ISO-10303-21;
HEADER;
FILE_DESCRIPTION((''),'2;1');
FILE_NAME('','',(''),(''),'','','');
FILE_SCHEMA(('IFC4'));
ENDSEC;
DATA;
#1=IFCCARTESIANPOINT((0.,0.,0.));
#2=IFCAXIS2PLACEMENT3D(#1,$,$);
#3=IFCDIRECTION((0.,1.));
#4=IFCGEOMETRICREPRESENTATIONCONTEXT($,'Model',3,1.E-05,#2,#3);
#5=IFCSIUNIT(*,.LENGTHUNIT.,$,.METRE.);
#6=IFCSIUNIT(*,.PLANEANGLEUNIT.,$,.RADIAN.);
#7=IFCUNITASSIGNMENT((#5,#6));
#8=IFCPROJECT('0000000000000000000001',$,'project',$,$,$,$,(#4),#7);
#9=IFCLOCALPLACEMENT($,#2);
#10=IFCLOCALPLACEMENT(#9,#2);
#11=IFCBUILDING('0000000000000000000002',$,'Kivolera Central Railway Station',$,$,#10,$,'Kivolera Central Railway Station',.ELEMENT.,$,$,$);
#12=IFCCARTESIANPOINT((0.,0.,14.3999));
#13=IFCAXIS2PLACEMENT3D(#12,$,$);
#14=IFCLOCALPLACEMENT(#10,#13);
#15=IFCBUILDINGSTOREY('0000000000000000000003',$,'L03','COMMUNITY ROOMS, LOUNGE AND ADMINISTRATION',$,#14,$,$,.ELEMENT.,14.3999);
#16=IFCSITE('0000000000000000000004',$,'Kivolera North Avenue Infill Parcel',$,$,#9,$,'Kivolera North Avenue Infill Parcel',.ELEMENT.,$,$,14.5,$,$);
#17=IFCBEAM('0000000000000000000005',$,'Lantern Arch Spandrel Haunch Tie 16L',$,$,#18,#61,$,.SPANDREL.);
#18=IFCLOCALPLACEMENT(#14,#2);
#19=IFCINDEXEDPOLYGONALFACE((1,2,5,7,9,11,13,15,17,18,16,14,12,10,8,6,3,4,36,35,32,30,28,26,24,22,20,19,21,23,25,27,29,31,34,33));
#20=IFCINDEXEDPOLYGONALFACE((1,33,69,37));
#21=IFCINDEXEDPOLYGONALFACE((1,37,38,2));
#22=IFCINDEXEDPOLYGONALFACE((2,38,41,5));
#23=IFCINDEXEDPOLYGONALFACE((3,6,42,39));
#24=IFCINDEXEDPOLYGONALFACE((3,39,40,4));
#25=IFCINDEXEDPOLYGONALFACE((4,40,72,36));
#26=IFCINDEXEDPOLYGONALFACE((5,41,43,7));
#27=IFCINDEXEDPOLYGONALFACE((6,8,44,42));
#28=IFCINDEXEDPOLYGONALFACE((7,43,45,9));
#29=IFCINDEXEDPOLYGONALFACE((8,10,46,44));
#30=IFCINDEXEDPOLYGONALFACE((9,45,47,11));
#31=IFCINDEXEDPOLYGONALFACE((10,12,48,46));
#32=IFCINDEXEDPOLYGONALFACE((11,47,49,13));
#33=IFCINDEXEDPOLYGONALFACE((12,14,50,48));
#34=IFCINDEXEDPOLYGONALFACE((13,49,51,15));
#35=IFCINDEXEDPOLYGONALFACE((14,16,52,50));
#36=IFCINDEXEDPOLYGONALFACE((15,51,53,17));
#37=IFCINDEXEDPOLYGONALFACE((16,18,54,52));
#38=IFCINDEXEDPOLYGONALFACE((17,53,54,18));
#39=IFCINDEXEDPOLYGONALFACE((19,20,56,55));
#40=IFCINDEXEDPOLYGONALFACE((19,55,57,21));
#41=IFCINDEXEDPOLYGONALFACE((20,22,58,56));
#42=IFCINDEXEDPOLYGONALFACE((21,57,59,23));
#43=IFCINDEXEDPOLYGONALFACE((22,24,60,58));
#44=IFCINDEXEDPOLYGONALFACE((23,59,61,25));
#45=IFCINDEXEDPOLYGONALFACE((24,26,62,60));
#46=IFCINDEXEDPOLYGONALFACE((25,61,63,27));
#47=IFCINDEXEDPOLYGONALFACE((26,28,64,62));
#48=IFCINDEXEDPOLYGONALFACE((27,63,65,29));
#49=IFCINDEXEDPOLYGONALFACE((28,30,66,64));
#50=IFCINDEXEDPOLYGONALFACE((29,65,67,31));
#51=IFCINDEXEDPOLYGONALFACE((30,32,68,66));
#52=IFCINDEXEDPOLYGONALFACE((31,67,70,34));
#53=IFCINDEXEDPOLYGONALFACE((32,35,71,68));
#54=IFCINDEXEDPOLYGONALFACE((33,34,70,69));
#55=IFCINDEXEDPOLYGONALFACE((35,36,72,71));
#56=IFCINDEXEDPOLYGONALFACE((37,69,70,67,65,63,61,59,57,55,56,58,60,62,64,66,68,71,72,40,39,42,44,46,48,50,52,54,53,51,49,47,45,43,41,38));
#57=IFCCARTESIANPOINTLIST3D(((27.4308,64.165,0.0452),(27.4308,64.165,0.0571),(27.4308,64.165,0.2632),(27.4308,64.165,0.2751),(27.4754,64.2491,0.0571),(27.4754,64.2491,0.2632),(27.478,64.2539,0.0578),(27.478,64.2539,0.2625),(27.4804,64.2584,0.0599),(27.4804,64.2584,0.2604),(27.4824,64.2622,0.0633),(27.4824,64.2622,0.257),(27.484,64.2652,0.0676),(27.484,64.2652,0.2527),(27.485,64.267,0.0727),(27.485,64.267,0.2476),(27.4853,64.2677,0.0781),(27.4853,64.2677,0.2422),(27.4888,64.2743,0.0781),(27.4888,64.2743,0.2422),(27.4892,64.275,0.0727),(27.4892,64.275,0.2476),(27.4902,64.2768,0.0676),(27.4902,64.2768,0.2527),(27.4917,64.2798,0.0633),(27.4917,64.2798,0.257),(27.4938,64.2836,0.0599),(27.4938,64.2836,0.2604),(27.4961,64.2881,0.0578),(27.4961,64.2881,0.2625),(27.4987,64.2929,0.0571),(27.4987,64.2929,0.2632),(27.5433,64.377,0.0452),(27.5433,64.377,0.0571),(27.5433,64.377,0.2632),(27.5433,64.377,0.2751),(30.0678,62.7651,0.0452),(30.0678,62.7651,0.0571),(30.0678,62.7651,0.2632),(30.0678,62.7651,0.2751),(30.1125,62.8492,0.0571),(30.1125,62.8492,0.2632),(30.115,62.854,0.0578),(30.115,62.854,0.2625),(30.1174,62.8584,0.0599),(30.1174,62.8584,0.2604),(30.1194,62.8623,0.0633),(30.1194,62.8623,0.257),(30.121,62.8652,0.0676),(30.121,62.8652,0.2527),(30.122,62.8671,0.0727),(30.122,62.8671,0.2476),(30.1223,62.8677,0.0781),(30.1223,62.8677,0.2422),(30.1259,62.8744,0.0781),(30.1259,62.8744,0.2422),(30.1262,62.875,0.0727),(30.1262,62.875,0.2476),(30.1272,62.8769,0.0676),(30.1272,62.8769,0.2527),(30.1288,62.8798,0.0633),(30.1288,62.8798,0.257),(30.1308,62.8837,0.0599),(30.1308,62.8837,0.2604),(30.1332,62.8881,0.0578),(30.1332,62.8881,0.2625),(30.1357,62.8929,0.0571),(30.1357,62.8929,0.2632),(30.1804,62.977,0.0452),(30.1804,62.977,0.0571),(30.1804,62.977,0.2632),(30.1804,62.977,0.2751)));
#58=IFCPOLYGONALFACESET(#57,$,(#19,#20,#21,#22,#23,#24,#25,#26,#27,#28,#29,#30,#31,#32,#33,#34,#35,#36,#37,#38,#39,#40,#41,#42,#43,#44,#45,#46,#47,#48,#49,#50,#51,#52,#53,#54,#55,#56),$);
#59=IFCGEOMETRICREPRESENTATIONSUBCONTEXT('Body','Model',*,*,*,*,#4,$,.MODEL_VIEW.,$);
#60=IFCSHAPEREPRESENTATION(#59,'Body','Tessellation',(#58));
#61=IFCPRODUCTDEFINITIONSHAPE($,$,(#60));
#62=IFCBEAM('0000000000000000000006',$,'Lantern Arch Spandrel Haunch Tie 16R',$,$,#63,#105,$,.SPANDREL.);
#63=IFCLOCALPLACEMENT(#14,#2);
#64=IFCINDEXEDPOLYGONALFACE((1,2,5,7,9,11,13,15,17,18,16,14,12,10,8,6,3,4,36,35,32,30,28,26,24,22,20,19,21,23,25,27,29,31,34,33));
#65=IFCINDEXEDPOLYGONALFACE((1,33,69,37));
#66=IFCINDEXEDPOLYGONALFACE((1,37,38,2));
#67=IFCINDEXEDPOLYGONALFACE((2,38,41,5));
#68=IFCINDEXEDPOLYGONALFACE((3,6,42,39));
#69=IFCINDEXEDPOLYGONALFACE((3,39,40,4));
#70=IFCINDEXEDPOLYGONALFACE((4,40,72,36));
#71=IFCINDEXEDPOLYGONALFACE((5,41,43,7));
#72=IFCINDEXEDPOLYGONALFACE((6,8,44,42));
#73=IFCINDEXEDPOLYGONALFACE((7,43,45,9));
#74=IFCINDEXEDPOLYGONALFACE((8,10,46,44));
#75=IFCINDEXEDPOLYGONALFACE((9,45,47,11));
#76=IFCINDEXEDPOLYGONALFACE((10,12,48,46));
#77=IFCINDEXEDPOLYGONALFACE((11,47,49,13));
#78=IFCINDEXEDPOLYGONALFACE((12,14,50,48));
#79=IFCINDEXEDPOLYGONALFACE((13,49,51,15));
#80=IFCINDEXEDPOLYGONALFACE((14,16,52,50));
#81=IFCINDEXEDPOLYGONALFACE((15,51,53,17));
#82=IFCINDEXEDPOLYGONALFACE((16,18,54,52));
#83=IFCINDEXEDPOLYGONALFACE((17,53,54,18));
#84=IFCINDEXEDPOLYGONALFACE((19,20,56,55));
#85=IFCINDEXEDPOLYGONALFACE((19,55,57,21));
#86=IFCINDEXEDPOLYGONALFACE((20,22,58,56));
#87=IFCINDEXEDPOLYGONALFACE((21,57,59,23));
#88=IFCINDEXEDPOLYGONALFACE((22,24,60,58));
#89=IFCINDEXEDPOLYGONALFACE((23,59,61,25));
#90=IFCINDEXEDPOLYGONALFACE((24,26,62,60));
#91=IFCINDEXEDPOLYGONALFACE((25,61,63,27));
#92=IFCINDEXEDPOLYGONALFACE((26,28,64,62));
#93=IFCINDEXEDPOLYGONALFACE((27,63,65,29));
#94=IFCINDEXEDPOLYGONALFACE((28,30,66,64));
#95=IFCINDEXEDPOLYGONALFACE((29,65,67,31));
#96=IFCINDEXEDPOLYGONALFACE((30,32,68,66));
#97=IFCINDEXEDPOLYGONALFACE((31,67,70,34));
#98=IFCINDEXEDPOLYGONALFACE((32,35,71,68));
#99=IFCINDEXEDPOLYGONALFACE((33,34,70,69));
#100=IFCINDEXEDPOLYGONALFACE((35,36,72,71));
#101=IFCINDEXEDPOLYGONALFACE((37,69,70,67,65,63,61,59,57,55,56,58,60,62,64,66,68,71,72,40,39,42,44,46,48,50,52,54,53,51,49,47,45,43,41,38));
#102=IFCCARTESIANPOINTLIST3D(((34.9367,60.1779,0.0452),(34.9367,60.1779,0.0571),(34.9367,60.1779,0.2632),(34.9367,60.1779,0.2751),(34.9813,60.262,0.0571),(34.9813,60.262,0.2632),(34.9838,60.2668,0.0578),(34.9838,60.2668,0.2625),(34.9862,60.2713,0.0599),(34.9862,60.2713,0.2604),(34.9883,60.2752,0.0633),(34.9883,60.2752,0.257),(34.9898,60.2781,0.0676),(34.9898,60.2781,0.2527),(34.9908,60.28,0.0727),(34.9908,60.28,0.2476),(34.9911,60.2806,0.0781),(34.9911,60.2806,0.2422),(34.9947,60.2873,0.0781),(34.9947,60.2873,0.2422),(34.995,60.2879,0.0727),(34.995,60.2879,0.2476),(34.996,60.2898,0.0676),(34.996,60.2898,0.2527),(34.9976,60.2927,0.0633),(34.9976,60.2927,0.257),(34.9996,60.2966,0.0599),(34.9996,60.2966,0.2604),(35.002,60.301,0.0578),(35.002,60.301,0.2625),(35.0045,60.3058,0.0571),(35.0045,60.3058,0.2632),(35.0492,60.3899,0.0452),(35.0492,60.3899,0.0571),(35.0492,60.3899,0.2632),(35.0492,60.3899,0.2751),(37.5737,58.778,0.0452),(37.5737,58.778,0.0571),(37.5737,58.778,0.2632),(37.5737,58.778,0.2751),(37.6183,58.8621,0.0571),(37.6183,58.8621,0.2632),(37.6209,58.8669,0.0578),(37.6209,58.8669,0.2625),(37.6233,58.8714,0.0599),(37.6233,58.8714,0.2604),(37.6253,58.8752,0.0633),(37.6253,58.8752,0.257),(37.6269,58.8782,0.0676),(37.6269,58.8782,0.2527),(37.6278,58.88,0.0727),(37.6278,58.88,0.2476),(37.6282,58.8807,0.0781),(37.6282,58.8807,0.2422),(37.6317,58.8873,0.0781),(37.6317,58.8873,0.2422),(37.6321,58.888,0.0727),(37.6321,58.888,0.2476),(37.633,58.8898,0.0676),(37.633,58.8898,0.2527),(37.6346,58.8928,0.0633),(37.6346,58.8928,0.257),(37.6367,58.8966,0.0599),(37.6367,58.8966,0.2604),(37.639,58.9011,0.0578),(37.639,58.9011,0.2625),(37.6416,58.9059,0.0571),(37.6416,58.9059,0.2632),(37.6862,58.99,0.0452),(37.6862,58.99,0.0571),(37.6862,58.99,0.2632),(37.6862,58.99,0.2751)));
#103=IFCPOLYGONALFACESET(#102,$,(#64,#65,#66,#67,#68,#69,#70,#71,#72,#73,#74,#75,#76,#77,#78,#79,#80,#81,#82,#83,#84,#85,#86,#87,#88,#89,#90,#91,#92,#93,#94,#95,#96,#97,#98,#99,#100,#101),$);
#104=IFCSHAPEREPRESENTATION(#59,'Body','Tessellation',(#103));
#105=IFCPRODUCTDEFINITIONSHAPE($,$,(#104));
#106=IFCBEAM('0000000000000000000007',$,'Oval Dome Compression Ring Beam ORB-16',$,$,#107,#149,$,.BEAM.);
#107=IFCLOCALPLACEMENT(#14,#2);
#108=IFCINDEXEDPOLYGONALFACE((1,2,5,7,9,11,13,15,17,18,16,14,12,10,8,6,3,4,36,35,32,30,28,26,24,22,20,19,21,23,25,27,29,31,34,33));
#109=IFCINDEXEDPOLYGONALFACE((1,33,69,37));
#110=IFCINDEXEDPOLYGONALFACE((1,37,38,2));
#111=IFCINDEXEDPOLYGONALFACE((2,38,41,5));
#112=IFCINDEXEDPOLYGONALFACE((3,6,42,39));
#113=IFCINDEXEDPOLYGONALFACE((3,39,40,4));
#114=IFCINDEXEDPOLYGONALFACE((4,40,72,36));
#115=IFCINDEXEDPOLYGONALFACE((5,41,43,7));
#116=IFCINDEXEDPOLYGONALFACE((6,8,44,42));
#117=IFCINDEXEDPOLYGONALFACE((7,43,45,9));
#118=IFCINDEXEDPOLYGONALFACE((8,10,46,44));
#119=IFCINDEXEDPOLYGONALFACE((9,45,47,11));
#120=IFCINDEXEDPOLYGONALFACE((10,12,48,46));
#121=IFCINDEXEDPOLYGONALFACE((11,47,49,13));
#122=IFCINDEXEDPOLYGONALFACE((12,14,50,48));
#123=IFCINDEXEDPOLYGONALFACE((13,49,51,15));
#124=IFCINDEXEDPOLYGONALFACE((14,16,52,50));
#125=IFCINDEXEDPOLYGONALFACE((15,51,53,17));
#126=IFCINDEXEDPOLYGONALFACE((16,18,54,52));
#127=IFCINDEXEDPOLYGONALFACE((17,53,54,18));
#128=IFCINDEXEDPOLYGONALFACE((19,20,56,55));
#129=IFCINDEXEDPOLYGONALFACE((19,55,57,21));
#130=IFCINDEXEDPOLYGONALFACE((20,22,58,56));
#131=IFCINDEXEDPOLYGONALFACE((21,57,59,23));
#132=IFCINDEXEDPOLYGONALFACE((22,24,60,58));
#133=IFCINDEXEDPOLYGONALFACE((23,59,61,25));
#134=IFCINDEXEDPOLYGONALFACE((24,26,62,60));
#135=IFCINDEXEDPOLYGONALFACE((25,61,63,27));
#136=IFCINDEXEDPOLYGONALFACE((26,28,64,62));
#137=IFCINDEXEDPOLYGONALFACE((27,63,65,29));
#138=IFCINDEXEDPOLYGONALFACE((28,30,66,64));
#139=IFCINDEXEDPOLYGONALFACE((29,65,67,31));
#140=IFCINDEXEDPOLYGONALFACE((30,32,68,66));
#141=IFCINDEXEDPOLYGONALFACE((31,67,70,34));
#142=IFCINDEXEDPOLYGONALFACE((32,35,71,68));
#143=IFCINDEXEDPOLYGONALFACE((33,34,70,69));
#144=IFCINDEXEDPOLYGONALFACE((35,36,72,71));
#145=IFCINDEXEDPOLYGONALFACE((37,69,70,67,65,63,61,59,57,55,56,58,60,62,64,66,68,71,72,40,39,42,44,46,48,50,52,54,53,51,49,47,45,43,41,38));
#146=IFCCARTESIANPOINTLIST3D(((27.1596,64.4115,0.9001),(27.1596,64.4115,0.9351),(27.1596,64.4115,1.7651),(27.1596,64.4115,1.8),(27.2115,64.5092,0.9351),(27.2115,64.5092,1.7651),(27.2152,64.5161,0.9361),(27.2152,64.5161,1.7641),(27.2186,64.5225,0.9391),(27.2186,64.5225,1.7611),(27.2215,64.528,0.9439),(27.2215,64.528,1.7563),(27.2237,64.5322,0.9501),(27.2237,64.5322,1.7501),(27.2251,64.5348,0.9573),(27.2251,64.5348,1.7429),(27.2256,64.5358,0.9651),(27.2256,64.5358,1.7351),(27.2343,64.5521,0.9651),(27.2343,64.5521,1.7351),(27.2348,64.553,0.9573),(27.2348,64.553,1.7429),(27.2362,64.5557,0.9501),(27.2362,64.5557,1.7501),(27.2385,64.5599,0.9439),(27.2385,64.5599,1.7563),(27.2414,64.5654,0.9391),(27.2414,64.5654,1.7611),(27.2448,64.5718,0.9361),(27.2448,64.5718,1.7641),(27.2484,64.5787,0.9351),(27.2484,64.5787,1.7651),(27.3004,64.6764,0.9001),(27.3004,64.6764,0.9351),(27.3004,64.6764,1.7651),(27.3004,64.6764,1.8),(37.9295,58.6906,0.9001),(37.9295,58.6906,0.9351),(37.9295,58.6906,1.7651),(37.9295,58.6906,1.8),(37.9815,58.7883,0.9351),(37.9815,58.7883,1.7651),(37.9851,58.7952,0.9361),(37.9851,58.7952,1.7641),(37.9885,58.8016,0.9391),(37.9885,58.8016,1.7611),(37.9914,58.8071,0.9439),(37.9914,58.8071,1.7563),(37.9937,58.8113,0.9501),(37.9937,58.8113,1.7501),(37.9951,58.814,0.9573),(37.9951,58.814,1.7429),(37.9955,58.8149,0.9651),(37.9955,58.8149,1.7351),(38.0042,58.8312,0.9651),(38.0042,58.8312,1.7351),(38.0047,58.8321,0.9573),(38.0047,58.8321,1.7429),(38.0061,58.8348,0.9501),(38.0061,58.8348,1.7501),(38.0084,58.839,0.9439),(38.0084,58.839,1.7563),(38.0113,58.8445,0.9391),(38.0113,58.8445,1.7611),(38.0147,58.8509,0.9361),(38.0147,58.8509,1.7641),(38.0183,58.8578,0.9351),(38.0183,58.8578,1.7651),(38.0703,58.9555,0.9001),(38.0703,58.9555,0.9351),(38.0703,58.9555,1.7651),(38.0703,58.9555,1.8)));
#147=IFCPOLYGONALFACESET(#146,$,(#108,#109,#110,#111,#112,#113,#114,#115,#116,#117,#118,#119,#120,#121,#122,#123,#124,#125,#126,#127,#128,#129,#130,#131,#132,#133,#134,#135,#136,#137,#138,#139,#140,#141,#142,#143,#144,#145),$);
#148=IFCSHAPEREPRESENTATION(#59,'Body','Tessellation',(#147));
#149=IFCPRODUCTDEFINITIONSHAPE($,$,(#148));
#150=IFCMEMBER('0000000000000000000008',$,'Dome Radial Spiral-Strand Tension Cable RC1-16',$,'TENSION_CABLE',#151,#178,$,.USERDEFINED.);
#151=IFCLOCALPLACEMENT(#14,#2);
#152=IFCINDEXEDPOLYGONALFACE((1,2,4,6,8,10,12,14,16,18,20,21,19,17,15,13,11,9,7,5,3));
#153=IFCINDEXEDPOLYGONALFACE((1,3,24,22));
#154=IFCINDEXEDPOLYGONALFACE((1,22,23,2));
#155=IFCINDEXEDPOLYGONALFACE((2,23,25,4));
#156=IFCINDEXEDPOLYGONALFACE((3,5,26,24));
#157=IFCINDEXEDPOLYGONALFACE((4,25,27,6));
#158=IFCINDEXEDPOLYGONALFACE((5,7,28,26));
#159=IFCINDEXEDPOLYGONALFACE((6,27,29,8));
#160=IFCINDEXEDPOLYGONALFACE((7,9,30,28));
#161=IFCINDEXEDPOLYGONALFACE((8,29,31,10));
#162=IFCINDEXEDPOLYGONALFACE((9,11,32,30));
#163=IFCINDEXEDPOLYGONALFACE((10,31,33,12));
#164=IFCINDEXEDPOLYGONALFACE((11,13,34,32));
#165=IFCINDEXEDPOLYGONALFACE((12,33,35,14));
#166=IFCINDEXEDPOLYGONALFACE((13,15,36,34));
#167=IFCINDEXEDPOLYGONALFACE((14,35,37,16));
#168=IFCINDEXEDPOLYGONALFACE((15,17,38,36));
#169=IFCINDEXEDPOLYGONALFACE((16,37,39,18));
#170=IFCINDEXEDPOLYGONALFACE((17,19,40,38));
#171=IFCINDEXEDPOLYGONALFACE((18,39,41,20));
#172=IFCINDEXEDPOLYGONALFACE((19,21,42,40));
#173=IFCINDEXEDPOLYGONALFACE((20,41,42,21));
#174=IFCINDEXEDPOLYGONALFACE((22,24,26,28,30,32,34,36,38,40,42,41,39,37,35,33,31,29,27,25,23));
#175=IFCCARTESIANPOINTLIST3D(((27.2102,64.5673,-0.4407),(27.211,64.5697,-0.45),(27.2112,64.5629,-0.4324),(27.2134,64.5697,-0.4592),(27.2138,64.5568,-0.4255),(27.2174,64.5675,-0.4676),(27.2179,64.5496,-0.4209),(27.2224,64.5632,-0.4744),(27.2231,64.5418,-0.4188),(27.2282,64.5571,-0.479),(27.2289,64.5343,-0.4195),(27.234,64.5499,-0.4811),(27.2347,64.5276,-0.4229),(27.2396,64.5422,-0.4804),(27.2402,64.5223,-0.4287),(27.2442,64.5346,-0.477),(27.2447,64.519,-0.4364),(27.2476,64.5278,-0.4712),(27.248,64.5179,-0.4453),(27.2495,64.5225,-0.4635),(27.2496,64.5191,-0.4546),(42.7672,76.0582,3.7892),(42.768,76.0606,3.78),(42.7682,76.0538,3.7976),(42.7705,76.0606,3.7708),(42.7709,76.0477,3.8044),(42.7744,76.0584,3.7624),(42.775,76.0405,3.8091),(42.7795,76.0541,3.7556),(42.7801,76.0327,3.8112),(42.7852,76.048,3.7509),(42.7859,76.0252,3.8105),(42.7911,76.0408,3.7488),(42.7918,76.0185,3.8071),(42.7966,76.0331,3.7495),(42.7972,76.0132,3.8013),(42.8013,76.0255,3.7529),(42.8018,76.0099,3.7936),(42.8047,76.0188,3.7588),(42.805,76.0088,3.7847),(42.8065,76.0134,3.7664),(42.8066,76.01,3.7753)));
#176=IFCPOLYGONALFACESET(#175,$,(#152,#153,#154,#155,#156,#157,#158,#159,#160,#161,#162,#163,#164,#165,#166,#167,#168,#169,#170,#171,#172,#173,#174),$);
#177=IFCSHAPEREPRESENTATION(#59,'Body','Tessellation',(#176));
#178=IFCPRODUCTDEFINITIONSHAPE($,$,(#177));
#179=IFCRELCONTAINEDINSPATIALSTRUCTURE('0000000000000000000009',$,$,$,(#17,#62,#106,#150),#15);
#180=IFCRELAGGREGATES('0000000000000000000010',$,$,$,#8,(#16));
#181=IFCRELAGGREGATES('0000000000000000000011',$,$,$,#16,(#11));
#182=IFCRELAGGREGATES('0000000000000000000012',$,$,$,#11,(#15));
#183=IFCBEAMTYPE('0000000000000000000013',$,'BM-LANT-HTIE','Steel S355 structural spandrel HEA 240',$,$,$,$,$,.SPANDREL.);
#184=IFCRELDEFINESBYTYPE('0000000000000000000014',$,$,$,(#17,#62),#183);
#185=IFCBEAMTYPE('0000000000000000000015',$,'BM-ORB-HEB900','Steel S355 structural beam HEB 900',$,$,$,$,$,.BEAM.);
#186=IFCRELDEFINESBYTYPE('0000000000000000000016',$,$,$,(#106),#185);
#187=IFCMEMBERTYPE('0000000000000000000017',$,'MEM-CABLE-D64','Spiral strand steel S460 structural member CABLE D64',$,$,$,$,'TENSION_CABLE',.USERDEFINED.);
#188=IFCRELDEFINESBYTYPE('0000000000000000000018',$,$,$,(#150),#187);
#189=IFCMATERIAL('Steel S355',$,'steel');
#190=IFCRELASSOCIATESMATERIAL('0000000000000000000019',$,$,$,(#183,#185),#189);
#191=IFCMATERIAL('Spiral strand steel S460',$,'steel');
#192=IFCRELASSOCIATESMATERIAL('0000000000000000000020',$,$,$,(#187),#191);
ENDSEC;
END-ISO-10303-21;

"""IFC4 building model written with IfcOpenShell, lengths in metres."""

from ifc_helpers import new_model, si_unit, direction, frame, origin, origin_2d, place, context, subcontext, project, spatial, circle, i_section, extrude, material, material_profile, profile_set, type_object, element, save


model = new_model("IFC4")

# Units and contexts
model_context = context("Model", 3, precision=1e-05, world=origin(), true_north=direction((0.0, 1.0)))
body_context = subcontext(model_context, "Body", "Model", "MODEL_VIEW")
ifc_project = project(units=[si_unit("LENGTHUNIT", "METRE"), si_unit("PLANEANGLEUNIT", "RADIAN")], contexts=[model_context])

# Site, building, storey
site_placement = place(None, origin())
site = spatial("IfcSite", under=ifc_project, at=site_placement, Name="Kivolera North Avenue Infill Parcel", LongName="Kivolera North Avenue Infill Parcel", CompositionType="ELEMENT", RefElevation=14.5)
building_placement = place(site_placement, origin())
building = spatial("IfcBuilding", under=site, at=building_placement, Name="Kivolera Central Railway Station", LongName="Kivolera Central Railway Station", CompositionType="ELEMENT")
storey_placement = place(building_placement, frame((0.0, 0.0, 14.3999)))
storey = spatial("IfcBuildingStorey", under=building, at=storey_placement, Name="L03", Description="COMMUNITY ROOMS, LOUNGE AND ADMINISTRATION", CompositionType="ELEMENT", Elevation=14.3999)

# Beams
ifc_material_1 = material(Name="Steel S355", Category="steel")
ifc_material_profile_1 = material_profile(ifc_material_1, i_section(OverallWidth=0.24, OverallDepth=0.23, WebThickness=0.0076, FlangeThickness=0.012, FilletRadius=0.021, at=origin_2d()), Name="HEA 240")
ifc_profile_set_1 = profile_set([ifc_material_profile_1], Name="Steel S355")
beam_type_1 = type_object("IfcBeamType", Name="BM-LANT-HTIE", Description="Steel S355 structural spandrel HEA 240", PredefinedType="SPANDREL", material=ifc_profile_set_1)
for number, where, z_axis, x_axis, name in (
    (1, (27.4871, 64.271, 0.1602), (0.883252, -0.468898, 0.0), (0.468898, 0.883252, 0.0), "Lantern Arch Spandrel Haunch Tie 16L"),
    (2, (34.9929, 60.2839, 0.1602), (0.883252, -0.468898, 0.0), (0.468898, 0.883252, 0.0), "Lantern Arch Spandrel Haunch Tie 16R"),
):
    element("IfcBeam", number, at=place(storey_placement, frame(where, z_axis=z_axis, x_axis=x_axis)), inside=storey, type_object=beam_type_1, Name=name, PredefinedType="SPANDREL", context=body_context, shape_type="SweptSolid", body=[
        extrude(i_section(OverallWidth=0.24, OverallDepth=0.23, WebThickness=0.0076, FlangeThickness=0.012, FilletRadius=0.021, at=origin_2d()), origin(), (0.0, 0.0, 1.0), 2.9856),
    ])
ifc_material_profile_2 = material_profile(ifc_material_1, i_section(OverallWidth=0.3, OverallDepth=0.8999, WebThickness=0.0186, FlangeThickness=0.0349, FilletRadius=0.03, at=origin_2d()), Name="HEB 900")
ifc_profile_set_2 = profile_set([ifc_material_profile_2], Name="Steel S355")
beam_type_2 = type_object("IfcBeamType", Name="BM-ORB-HEB900", Description="Steel S355 structural beam HEB 900", PredefinedType="BEAM", material=ifc_profile_set_2)
beam_1_placement = place(storey_placement, frame((27.23, 64.5439, 1.3501), z_axis=(0.883137, -0.469115, 0.0), x_axis=(0.469115, 0.883137, 0.0)))
element("IfcBeam", 3, at=beam_1_placement, inside=storey, type_object=beam_type_2, Name="Oval Dome Compression Ring Beam ORB-16", PredefinedType="BEAM", context=body_context, shape_type="SweptSolid", body=[
    extrude(i_section(OverallWidth=0.3, OverallDepth=0.8999, WebThickness=0.0186, FlangeThickness=0.0349, FilletRadius=0.03, at=origin_2d()), origin(), (0.0, 0.0, 1.0), 12.1951),
])

# Member
ifc_material_2 = material(Name="Spiral strand steel S460", Category="steel")
ifc_material_profile_3 = material_profile(ifc_material_2, circle(Radius=0.032, at=origin_2d()), Name="CABLE D64")
ifc_profile_set_3 = profile_set([ifc_material_profile_3], Name="Spiral strand steel S460")
member_type_1 = type_object("IfcMemberType", Name="MEM-CABLE-D64", Description="Spiral strand steel S460 structural member CABLE D64", ElementType="TENSION_CABLE", PredefinedType="USERDEFINED", material=ifc_profile_set_3)
member_1_placement = place(storey_placement, frame((27.23, 64.5439, -0.45), z_axis=(0.785794, 0.580412, 0.213657), x_axis=(-0.594131, 0.804368, 0.0)))
element("IfcMember", 4, at=member_1_placement, inside=storey, type_object=member_type_1, Name="Dome Radial Spiral-Strand Tension Cable RC1-16", ObjectType="TENSION_CABLE", PredefinedType="USERDEFINED", context=body_context, shape_type="SweptSolid", body=[
    extrude(circle(Radius=0.032, at=origin_2d()), origin(), (0.0, 0.0, 1.0), 19.7979),
])

save(model, "model.ifc")
